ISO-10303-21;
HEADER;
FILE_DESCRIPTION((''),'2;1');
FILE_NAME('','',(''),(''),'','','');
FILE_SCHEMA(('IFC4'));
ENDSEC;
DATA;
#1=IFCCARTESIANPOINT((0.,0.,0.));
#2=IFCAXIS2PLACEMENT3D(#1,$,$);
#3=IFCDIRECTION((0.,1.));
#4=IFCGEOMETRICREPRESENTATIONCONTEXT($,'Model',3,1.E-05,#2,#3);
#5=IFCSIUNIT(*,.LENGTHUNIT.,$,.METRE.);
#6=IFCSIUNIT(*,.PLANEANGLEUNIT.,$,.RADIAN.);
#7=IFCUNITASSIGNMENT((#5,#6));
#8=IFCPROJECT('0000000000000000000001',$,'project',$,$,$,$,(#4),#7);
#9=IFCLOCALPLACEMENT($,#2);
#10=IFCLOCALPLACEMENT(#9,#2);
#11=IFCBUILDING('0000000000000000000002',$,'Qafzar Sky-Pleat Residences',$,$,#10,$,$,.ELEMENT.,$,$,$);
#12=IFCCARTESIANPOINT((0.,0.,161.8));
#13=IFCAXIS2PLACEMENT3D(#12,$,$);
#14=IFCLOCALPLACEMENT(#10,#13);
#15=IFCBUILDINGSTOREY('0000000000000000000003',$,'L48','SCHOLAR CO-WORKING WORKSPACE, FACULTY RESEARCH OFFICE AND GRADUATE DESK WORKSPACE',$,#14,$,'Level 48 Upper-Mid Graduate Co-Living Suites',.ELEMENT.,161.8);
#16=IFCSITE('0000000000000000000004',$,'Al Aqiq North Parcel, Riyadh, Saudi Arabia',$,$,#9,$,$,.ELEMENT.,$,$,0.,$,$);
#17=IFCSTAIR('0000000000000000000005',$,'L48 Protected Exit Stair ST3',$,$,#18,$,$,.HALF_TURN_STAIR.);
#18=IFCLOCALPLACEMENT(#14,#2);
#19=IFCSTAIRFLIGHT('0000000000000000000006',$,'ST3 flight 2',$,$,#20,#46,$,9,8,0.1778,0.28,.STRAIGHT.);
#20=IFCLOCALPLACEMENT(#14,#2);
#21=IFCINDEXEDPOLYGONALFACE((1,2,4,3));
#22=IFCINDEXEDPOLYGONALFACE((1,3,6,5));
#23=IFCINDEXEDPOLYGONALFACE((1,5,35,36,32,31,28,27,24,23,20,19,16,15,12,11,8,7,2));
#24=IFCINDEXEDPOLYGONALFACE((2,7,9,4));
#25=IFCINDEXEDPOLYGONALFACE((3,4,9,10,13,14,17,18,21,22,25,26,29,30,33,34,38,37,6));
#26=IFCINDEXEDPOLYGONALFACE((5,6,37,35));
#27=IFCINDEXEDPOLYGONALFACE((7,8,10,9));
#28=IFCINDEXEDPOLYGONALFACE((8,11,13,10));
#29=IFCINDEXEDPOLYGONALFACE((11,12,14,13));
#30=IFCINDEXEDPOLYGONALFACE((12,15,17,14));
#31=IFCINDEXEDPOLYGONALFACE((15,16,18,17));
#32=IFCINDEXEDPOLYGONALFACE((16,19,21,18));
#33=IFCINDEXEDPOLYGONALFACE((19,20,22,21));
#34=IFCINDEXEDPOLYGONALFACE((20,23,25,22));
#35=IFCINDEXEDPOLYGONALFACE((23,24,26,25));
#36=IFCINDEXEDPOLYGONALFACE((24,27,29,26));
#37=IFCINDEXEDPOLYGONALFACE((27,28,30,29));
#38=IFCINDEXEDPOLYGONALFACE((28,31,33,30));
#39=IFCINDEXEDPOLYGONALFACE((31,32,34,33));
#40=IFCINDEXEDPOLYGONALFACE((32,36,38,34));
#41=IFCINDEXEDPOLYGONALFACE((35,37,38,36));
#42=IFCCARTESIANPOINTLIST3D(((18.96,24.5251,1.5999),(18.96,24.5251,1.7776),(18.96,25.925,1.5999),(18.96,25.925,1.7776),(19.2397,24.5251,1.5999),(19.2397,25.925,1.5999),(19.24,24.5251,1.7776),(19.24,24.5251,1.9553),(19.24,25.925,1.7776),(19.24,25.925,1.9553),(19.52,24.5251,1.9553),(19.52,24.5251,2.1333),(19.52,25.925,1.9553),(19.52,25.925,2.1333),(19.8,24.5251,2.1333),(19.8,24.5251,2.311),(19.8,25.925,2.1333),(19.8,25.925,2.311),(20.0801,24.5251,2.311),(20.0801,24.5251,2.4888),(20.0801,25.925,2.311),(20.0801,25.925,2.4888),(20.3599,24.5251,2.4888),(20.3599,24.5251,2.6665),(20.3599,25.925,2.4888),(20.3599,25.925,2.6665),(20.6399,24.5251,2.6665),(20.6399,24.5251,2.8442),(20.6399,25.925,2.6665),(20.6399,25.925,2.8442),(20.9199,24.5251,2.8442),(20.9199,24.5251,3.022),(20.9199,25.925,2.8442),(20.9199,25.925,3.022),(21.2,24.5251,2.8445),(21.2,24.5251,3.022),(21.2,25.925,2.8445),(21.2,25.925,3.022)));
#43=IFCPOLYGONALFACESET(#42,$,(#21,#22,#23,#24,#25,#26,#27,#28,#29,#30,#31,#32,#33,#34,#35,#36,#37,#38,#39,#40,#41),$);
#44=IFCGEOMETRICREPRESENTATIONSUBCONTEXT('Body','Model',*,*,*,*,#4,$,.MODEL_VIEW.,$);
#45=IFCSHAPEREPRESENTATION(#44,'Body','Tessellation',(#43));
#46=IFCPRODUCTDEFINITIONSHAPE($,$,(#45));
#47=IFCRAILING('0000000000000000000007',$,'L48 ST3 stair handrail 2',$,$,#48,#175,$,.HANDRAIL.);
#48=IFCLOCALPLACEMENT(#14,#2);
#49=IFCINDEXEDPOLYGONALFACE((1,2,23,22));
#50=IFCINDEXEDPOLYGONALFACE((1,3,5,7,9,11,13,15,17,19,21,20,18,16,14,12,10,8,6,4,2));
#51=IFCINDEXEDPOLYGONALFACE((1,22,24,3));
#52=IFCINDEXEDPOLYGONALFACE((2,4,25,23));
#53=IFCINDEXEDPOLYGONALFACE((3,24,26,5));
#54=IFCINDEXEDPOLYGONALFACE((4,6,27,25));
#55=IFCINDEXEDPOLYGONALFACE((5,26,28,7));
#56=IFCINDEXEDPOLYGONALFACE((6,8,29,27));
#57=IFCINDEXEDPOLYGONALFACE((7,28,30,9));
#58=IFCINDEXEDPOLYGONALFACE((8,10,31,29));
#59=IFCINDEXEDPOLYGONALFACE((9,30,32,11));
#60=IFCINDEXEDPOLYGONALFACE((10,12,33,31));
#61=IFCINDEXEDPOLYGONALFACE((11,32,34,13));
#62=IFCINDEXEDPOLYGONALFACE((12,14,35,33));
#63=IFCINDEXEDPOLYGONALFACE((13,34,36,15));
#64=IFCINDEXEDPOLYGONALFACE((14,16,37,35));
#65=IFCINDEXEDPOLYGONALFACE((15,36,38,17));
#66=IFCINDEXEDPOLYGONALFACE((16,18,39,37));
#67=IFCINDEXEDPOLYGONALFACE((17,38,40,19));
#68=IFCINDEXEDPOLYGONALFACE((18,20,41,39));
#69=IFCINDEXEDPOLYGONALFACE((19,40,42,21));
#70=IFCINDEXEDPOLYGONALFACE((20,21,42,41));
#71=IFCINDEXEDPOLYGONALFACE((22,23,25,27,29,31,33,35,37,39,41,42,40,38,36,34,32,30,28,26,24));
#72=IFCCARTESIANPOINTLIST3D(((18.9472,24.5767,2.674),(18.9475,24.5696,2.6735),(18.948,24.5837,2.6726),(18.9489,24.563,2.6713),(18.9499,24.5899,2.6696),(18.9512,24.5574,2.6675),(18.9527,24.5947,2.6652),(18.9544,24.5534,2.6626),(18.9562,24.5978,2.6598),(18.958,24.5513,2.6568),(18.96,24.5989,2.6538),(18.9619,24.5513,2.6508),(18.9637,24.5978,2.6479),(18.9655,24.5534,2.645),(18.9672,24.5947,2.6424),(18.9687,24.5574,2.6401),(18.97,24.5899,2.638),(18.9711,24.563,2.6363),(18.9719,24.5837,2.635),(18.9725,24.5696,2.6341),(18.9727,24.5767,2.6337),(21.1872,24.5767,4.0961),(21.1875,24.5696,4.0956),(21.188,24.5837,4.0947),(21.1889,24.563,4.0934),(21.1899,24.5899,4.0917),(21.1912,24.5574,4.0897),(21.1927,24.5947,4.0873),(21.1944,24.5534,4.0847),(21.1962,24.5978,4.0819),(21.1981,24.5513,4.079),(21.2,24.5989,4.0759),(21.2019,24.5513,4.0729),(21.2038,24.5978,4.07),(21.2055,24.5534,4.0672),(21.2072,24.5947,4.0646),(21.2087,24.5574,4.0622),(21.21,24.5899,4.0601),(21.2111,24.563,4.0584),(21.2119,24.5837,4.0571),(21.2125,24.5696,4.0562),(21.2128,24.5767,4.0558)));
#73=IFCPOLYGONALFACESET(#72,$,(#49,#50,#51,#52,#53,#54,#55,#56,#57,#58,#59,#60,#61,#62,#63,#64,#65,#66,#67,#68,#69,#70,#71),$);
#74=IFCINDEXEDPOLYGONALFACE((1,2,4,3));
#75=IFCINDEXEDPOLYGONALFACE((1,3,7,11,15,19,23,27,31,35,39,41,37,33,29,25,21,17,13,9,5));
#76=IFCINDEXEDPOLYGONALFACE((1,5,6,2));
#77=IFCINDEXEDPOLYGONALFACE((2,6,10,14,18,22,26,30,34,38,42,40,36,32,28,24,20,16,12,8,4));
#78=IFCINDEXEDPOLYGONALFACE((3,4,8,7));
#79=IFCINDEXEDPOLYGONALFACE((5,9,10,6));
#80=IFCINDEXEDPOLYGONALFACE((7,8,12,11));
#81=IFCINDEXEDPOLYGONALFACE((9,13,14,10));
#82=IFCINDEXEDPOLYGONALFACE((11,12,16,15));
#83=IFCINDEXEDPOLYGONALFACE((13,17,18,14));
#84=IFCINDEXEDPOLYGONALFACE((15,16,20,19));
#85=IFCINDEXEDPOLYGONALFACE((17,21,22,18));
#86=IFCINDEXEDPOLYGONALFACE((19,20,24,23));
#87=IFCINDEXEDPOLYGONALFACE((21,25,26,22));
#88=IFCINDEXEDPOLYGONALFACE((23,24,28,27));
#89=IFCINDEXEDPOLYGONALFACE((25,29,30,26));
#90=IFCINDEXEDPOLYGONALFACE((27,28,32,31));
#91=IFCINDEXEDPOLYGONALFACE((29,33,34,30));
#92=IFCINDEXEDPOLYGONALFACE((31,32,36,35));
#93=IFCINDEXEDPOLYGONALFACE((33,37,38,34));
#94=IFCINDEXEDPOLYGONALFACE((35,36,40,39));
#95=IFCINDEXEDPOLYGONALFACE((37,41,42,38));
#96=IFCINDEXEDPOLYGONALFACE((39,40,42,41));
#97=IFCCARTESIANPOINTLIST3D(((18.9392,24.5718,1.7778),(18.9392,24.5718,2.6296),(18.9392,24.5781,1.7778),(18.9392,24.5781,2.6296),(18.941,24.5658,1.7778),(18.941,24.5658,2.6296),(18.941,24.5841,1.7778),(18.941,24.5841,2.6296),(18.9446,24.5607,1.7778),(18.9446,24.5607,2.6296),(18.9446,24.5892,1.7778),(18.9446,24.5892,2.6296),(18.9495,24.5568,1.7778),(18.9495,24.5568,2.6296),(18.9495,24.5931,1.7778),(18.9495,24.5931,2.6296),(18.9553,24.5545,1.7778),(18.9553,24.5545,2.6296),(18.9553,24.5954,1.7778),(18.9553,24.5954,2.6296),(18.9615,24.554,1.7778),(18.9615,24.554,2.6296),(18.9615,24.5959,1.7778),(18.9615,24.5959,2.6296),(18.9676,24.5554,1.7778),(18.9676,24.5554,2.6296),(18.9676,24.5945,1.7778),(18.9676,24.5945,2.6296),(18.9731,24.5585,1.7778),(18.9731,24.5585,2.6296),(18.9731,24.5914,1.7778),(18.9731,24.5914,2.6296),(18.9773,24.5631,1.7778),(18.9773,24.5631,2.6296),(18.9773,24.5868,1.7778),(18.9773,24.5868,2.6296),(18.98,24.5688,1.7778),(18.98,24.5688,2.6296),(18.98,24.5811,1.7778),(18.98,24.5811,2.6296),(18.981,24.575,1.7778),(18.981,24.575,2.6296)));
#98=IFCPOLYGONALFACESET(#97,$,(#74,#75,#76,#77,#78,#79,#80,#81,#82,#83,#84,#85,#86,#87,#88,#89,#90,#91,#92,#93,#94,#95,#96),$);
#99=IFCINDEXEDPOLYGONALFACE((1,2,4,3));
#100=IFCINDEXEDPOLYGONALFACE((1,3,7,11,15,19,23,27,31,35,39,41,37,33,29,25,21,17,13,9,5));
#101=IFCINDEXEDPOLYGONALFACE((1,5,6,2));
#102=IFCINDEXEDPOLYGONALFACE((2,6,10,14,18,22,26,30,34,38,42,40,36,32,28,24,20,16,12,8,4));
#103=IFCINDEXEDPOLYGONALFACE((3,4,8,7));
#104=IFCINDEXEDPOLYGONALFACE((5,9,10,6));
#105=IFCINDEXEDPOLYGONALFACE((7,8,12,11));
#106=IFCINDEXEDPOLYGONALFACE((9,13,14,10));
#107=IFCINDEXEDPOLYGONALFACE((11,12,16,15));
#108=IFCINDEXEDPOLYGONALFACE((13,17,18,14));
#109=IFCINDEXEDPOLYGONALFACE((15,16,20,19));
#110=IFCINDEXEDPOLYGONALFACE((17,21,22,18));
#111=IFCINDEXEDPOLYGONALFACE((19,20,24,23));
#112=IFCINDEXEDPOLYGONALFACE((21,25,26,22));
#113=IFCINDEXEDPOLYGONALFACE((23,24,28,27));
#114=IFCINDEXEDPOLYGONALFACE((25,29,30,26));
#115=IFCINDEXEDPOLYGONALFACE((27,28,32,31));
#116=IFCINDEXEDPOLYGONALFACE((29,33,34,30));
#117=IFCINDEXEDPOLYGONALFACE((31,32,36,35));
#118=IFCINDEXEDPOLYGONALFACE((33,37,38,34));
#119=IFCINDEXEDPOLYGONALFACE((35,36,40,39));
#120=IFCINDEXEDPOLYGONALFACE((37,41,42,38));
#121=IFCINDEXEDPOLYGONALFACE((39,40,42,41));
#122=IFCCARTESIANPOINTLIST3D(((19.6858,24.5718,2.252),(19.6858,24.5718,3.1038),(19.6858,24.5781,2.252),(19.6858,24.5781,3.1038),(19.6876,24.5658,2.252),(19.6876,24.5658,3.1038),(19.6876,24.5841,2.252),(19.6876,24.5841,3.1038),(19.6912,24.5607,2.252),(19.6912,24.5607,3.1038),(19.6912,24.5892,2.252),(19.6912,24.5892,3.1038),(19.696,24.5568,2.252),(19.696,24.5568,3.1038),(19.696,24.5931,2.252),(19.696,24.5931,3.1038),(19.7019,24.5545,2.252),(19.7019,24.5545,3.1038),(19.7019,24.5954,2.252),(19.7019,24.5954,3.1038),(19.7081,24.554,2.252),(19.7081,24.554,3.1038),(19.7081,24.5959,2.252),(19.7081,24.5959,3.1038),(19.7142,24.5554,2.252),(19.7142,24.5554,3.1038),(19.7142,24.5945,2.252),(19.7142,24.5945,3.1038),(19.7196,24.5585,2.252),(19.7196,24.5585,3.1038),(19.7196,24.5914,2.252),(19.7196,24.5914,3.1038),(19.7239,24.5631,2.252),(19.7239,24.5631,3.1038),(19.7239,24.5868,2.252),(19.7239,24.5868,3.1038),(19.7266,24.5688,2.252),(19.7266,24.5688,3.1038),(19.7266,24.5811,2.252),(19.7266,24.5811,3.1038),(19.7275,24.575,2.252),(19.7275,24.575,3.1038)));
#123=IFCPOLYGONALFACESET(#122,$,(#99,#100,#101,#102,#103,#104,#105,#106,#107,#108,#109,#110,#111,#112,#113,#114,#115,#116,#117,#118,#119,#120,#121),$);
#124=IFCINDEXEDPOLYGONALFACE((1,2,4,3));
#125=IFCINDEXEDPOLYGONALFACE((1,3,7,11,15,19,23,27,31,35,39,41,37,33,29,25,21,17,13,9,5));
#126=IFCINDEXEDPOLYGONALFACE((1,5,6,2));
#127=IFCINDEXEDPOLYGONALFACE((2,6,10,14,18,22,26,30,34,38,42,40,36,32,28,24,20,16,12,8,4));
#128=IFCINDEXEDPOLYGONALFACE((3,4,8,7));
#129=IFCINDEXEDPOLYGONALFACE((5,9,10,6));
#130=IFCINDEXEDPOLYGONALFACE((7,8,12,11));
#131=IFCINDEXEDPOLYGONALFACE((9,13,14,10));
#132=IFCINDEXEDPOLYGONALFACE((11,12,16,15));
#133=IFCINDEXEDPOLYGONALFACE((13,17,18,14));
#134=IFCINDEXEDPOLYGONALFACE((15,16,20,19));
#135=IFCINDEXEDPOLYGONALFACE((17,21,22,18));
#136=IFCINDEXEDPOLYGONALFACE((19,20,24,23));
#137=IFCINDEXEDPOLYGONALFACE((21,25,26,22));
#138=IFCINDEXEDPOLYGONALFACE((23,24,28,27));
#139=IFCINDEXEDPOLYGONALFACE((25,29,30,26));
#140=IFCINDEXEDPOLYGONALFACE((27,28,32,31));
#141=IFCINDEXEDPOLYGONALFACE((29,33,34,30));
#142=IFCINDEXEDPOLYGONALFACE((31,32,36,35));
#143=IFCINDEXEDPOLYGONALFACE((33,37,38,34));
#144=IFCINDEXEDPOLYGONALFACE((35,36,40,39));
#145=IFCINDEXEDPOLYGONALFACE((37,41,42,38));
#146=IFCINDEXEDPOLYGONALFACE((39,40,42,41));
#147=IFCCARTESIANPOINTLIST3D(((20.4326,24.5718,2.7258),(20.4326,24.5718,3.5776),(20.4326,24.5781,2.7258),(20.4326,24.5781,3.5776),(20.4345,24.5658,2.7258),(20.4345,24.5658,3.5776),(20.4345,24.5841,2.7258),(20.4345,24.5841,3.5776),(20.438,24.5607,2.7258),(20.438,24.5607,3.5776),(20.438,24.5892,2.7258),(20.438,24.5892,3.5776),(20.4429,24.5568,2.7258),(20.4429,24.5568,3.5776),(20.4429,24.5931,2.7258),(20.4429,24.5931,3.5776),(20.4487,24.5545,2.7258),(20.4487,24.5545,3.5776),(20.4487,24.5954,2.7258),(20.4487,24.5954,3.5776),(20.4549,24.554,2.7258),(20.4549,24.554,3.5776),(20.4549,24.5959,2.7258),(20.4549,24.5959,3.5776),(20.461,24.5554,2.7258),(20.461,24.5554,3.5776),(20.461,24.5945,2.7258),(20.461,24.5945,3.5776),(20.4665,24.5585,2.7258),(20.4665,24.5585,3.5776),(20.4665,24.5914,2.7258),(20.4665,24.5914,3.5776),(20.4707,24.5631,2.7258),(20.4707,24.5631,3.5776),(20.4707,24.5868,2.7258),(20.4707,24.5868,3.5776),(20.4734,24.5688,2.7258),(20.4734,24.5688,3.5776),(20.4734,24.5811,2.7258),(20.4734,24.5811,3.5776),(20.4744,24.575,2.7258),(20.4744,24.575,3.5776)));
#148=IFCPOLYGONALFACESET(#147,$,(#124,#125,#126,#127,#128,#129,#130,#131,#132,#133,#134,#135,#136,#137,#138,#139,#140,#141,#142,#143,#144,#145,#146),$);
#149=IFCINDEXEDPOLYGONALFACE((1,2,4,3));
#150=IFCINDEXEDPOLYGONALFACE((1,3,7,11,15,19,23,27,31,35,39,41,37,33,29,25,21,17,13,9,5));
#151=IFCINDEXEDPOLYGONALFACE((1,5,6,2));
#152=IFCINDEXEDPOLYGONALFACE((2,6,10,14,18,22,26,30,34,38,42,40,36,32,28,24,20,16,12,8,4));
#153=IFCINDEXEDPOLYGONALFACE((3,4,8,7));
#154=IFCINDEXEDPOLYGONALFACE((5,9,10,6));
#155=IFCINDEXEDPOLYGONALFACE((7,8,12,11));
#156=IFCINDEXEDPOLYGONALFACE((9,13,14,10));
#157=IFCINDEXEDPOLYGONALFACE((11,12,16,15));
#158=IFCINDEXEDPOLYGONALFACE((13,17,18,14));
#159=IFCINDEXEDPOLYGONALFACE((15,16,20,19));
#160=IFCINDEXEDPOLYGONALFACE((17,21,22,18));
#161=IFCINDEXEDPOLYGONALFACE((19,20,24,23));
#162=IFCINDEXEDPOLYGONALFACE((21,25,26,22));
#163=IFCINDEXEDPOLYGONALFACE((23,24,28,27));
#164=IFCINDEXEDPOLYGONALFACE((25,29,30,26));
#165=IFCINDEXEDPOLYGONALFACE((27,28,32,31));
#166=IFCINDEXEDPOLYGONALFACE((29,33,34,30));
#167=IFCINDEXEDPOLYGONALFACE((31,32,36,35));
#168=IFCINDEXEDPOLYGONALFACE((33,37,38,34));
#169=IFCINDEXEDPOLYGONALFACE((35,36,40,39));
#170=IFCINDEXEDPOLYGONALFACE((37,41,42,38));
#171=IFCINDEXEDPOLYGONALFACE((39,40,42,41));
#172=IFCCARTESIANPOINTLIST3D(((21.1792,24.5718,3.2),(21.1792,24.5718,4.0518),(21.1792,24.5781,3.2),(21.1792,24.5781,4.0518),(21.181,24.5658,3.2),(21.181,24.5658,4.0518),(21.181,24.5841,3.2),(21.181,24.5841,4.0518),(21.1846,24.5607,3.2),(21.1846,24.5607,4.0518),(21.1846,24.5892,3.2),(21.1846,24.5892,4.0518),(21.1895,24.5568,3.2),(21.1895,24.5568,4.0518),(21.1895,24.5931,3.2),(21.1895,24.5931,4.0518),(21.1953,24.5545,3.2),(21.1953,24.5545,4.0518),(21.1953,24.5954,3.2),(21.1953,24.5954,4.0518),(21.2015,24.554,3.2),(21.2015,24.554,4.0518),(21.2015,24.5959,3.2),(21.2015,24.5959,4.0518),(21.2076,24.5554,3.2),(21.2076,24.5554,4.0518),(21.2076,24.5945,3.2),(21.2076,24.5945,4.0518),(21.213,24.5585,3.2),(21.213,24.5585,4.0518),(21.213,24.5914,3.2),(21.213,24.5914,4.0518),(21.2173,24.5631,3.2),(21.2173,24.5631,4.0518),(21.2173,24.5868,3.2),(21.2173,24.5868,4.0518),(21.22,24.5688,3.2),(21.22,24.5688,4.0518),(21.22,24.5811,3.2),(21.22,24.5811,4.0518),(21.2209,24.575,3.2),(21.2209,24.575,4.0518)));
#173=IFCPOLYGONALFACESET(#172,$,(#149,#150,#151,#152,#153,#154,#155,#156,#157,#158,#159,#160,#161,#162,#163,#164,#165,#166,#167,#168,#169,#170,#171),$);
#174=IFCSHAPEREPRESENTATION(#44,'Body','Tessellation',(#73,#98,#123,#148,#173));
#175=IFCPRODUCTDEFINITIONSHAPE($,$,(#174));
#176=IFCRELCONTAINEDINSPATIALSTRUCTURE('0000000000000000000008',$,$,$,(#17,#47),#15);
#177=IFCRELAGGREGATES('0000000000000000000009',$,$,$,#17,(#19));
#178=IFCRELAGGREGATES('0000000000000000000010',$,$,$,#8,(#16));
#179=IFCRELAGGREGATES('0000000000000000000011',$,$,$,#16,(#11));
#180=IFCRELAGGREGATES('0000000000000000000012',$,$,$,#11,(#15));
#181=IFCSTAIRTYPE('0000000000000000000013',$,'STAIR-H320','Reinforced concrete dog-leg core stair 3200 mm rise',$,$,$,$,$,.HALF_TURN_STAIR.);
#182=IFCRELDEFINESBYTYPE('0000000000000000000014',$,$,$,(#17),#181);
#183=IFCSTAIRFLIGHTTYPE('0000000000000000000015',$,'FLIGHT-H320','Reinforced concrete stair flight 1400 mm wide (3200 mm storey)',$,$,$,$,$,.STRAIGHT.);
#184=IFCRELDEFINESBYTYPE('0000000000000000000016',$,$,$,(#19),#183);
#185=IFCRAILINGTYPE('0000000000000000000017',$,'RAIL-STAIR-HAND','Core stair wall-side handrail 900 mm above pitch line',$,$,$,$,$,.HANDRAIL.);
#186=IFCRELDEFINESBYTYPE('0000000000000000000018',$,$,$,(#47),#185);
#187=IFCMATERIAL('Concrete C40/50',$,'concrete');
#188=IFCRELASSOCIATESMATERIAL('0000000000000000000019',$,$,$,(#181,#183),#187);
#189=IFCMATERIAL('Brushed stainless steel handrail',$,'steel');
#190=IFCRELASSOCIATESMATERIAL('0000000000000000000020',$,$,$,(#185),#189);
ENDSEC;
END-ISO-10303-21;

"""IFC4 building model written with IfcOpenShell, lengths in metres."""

from ifc_helpers import new_model, si_unit, direction, frame, origin, origin_2d, place, context, subcontext, project, spatial, polyline, circle, outline, extrude, source, transform, mapped, material, type_object, element, aggregate, save


model = new_model("IFC4")

# Units and contexts
model_context = context("Model", 3, precision=1e-05, world=origin(), true_north=direction((0.0, 1.0)))
body_context = subcontext(model_context, "Body", "Model", "MODEL_VIEW")
ifc_project = project(units=[si_unit("LENGTHUNIT", "METRE"), si_unit("PLANEANGLEUNIT", "RADIAN")], contexts=[model_context])

# Site, building, storey
site_placement = place(None, origin())
site = spatial("IfcSite", under=ifc_project, at=site_placement, Name="Al Aqiq North Parcel, Riyadh, Saudi Arabia", CompositionType="ELEMENT", RefElevation=0.0)
building_placement = place(site_placement, origin())
building = spatial("IfcBuilding", under=site, at=building_placement, Name="Qafzar Sky-Pleat Residences", CompositionType="ELEMENT")
storey_placement = place(building_placement, frame((0.0, 0.0, 161.8)))
storey = spatial("IfcBuildingStorey", under=building, at=storey_placement, Name="L48", Description="SCHOLAR CO-WORKING WORKSPACE, FACULTY RESEARCH OFFICE AND GRADUATE DESK WORKSPACE", LongName="Level 48 Upper-Mid Graduate Co-Living Suites", CompositionType="ELEMENT", Elevation=161.8)

# Stair, stair flight
ifc_material_1 = material(Name="Concrete C40/50", Category="concrete")
stair_type = type_object("IfcStairType", Name="STAIR-H320", Description="Reinforced concrete dog-leg core stair 3200 mm rise", PredefinedType="HALF_TURN_STAIR", material=ifc_material_1)
stair_placement = place(storey_placement, origin())
stair = element("IfcStair", 1, at=stair_placement, inside=storey, type_object=stair_type, Name="L48 Protected Exit Stair ST3", PredefinedType="HALF_TURN_STAIR")
stair_flight_type = type_object("IfcStairFlightType", Name="FLIGHT-H320", Description="Reinforced concrete stair flight 1400 mm wide (3200 mm storey)", PredefinedType="STRAIGHT", material=ifc_material_1)
shared_shape_1 = source(origin(), body_context, "Body", "SweptSolid", [
    extrude(outline(polyline([(0.0, 0.0), (0.0, 0.1777), (0.28, 0.1777), (0.28, 0.3555), (0.5601, 0.3555), (0.5601, 0.5334), (0.8401, 0.5334), (0.8401, 0.7112), (1.1201, 0.7112), (1.1201, 0.8889), (1.3999, 0.8889), (1.3999, 1.0667), (1.6799, 1.0667), (1.6799, 1.2444), (1.96, 1.2444), (1.96, 1.4221), (2.24, 1.4221), (2.24, 1.6001), (2.24, 1.2446), (0.2798, 0.0), (0.0, 0.0)])), frame((0.0, 0.7, 0.0), z_axis=(0.0, -1.0, 0.0), x_axis=(1.0, 0.0, 0.0)), (0.0, 0.0, 1.0), 1.3999),
])
stair_flight_placement = place(storey_placement, frame((18.96, 25.2251, 1.5999), z_axis=(0.0, 0.0, 1.0), x_axis=(1.0, 0.0, 0.0)))
stair_flight = element("IfcStairFlight", 2, at=stair_flight_placement, type_object=stair_flight_type, Name="ST3 flight 2", NumberOfRisers=9, NumberOfTreads=8, PredefinedType="STRAIGHT", RiserHeight=0.1778, TreadLength=0.28, context=body_context, shape_type="MappedRepresentation", body=[
    mapped(shared_shape_1, transform((0.0, 0.0, 0.0), x_axis=(1.0, 0.0, 0.0), y_axis=(0.0, 1.0, 0.0), z_axis=(0.0, 0.0, 1.0), scale=1.0)),
])
aggregate(stair, [stair_flight])

# Railing
ifc_material_2 = material(Name="Brushed stainless steel handrail", Category="steel")
railing_type = type_object("IfcRailingType", Name="RAIL-STAIR-HAND", Description="Core stair wall-side handrail 900 mm above pitch line", PredefinedType="HANDRAIL", material=ifc_material_2)
shared_shape_2 = source(origin(), body_context, "Body", "SweptSolid", [
    extrude(circle(Radius=0.0239, at=origin_2d()), frame((0.0, 0.0, 0.876), z_axis=(0.844229, 0.0, 0.535982), x_axis=(0.0, 1.0, 0.0)), (0.0, 0.0, 1.0), 2.6533),
    extrude(circle(Radius=0.021, at=origin_2d()), origin(), (0.0, 0.0, 1.0), 0.8518),
    extrude(circle(Radius=0.021, at=origin_2d()), frame((0.7466, 0.0, 0.4741)), (0.0, 0.0, 1.0), 0.8518),
    extrude(circle(Radius=0.021, at=origin_2d()), frame((1.4934, 0.0, 0.948)), (0.0, 0.0, 1.0), 0.8518),
    extrude(circle(Radius=0.021, at=origin_2d()), frame((2.24, 0.0, 1.4221)), (0.0, 0.0, 1.0), 0.8518),
])
railing_placement = place(storey_placement, frame((18.96, 24.575, 1.7778)))
element("IfcRailing", 3, at=railing_placement, inside=storey, type_object=railing_type, Name="L48 ST3 stair handrail 2", PredefinedType="HANDRAIL", context=body_context, shape_type="MappedRepresentation", body=[
    mapped(shared_shape_2, transform((0.0, 0.0, 0.0), x_axis=(1.0, 0.0, 0.0), y_axis=(0.0, 1.0, 0.0), z_axis=(0.0, 0.0, 1.0), scale=1.0)),
])

save(model, "model.ifc")
